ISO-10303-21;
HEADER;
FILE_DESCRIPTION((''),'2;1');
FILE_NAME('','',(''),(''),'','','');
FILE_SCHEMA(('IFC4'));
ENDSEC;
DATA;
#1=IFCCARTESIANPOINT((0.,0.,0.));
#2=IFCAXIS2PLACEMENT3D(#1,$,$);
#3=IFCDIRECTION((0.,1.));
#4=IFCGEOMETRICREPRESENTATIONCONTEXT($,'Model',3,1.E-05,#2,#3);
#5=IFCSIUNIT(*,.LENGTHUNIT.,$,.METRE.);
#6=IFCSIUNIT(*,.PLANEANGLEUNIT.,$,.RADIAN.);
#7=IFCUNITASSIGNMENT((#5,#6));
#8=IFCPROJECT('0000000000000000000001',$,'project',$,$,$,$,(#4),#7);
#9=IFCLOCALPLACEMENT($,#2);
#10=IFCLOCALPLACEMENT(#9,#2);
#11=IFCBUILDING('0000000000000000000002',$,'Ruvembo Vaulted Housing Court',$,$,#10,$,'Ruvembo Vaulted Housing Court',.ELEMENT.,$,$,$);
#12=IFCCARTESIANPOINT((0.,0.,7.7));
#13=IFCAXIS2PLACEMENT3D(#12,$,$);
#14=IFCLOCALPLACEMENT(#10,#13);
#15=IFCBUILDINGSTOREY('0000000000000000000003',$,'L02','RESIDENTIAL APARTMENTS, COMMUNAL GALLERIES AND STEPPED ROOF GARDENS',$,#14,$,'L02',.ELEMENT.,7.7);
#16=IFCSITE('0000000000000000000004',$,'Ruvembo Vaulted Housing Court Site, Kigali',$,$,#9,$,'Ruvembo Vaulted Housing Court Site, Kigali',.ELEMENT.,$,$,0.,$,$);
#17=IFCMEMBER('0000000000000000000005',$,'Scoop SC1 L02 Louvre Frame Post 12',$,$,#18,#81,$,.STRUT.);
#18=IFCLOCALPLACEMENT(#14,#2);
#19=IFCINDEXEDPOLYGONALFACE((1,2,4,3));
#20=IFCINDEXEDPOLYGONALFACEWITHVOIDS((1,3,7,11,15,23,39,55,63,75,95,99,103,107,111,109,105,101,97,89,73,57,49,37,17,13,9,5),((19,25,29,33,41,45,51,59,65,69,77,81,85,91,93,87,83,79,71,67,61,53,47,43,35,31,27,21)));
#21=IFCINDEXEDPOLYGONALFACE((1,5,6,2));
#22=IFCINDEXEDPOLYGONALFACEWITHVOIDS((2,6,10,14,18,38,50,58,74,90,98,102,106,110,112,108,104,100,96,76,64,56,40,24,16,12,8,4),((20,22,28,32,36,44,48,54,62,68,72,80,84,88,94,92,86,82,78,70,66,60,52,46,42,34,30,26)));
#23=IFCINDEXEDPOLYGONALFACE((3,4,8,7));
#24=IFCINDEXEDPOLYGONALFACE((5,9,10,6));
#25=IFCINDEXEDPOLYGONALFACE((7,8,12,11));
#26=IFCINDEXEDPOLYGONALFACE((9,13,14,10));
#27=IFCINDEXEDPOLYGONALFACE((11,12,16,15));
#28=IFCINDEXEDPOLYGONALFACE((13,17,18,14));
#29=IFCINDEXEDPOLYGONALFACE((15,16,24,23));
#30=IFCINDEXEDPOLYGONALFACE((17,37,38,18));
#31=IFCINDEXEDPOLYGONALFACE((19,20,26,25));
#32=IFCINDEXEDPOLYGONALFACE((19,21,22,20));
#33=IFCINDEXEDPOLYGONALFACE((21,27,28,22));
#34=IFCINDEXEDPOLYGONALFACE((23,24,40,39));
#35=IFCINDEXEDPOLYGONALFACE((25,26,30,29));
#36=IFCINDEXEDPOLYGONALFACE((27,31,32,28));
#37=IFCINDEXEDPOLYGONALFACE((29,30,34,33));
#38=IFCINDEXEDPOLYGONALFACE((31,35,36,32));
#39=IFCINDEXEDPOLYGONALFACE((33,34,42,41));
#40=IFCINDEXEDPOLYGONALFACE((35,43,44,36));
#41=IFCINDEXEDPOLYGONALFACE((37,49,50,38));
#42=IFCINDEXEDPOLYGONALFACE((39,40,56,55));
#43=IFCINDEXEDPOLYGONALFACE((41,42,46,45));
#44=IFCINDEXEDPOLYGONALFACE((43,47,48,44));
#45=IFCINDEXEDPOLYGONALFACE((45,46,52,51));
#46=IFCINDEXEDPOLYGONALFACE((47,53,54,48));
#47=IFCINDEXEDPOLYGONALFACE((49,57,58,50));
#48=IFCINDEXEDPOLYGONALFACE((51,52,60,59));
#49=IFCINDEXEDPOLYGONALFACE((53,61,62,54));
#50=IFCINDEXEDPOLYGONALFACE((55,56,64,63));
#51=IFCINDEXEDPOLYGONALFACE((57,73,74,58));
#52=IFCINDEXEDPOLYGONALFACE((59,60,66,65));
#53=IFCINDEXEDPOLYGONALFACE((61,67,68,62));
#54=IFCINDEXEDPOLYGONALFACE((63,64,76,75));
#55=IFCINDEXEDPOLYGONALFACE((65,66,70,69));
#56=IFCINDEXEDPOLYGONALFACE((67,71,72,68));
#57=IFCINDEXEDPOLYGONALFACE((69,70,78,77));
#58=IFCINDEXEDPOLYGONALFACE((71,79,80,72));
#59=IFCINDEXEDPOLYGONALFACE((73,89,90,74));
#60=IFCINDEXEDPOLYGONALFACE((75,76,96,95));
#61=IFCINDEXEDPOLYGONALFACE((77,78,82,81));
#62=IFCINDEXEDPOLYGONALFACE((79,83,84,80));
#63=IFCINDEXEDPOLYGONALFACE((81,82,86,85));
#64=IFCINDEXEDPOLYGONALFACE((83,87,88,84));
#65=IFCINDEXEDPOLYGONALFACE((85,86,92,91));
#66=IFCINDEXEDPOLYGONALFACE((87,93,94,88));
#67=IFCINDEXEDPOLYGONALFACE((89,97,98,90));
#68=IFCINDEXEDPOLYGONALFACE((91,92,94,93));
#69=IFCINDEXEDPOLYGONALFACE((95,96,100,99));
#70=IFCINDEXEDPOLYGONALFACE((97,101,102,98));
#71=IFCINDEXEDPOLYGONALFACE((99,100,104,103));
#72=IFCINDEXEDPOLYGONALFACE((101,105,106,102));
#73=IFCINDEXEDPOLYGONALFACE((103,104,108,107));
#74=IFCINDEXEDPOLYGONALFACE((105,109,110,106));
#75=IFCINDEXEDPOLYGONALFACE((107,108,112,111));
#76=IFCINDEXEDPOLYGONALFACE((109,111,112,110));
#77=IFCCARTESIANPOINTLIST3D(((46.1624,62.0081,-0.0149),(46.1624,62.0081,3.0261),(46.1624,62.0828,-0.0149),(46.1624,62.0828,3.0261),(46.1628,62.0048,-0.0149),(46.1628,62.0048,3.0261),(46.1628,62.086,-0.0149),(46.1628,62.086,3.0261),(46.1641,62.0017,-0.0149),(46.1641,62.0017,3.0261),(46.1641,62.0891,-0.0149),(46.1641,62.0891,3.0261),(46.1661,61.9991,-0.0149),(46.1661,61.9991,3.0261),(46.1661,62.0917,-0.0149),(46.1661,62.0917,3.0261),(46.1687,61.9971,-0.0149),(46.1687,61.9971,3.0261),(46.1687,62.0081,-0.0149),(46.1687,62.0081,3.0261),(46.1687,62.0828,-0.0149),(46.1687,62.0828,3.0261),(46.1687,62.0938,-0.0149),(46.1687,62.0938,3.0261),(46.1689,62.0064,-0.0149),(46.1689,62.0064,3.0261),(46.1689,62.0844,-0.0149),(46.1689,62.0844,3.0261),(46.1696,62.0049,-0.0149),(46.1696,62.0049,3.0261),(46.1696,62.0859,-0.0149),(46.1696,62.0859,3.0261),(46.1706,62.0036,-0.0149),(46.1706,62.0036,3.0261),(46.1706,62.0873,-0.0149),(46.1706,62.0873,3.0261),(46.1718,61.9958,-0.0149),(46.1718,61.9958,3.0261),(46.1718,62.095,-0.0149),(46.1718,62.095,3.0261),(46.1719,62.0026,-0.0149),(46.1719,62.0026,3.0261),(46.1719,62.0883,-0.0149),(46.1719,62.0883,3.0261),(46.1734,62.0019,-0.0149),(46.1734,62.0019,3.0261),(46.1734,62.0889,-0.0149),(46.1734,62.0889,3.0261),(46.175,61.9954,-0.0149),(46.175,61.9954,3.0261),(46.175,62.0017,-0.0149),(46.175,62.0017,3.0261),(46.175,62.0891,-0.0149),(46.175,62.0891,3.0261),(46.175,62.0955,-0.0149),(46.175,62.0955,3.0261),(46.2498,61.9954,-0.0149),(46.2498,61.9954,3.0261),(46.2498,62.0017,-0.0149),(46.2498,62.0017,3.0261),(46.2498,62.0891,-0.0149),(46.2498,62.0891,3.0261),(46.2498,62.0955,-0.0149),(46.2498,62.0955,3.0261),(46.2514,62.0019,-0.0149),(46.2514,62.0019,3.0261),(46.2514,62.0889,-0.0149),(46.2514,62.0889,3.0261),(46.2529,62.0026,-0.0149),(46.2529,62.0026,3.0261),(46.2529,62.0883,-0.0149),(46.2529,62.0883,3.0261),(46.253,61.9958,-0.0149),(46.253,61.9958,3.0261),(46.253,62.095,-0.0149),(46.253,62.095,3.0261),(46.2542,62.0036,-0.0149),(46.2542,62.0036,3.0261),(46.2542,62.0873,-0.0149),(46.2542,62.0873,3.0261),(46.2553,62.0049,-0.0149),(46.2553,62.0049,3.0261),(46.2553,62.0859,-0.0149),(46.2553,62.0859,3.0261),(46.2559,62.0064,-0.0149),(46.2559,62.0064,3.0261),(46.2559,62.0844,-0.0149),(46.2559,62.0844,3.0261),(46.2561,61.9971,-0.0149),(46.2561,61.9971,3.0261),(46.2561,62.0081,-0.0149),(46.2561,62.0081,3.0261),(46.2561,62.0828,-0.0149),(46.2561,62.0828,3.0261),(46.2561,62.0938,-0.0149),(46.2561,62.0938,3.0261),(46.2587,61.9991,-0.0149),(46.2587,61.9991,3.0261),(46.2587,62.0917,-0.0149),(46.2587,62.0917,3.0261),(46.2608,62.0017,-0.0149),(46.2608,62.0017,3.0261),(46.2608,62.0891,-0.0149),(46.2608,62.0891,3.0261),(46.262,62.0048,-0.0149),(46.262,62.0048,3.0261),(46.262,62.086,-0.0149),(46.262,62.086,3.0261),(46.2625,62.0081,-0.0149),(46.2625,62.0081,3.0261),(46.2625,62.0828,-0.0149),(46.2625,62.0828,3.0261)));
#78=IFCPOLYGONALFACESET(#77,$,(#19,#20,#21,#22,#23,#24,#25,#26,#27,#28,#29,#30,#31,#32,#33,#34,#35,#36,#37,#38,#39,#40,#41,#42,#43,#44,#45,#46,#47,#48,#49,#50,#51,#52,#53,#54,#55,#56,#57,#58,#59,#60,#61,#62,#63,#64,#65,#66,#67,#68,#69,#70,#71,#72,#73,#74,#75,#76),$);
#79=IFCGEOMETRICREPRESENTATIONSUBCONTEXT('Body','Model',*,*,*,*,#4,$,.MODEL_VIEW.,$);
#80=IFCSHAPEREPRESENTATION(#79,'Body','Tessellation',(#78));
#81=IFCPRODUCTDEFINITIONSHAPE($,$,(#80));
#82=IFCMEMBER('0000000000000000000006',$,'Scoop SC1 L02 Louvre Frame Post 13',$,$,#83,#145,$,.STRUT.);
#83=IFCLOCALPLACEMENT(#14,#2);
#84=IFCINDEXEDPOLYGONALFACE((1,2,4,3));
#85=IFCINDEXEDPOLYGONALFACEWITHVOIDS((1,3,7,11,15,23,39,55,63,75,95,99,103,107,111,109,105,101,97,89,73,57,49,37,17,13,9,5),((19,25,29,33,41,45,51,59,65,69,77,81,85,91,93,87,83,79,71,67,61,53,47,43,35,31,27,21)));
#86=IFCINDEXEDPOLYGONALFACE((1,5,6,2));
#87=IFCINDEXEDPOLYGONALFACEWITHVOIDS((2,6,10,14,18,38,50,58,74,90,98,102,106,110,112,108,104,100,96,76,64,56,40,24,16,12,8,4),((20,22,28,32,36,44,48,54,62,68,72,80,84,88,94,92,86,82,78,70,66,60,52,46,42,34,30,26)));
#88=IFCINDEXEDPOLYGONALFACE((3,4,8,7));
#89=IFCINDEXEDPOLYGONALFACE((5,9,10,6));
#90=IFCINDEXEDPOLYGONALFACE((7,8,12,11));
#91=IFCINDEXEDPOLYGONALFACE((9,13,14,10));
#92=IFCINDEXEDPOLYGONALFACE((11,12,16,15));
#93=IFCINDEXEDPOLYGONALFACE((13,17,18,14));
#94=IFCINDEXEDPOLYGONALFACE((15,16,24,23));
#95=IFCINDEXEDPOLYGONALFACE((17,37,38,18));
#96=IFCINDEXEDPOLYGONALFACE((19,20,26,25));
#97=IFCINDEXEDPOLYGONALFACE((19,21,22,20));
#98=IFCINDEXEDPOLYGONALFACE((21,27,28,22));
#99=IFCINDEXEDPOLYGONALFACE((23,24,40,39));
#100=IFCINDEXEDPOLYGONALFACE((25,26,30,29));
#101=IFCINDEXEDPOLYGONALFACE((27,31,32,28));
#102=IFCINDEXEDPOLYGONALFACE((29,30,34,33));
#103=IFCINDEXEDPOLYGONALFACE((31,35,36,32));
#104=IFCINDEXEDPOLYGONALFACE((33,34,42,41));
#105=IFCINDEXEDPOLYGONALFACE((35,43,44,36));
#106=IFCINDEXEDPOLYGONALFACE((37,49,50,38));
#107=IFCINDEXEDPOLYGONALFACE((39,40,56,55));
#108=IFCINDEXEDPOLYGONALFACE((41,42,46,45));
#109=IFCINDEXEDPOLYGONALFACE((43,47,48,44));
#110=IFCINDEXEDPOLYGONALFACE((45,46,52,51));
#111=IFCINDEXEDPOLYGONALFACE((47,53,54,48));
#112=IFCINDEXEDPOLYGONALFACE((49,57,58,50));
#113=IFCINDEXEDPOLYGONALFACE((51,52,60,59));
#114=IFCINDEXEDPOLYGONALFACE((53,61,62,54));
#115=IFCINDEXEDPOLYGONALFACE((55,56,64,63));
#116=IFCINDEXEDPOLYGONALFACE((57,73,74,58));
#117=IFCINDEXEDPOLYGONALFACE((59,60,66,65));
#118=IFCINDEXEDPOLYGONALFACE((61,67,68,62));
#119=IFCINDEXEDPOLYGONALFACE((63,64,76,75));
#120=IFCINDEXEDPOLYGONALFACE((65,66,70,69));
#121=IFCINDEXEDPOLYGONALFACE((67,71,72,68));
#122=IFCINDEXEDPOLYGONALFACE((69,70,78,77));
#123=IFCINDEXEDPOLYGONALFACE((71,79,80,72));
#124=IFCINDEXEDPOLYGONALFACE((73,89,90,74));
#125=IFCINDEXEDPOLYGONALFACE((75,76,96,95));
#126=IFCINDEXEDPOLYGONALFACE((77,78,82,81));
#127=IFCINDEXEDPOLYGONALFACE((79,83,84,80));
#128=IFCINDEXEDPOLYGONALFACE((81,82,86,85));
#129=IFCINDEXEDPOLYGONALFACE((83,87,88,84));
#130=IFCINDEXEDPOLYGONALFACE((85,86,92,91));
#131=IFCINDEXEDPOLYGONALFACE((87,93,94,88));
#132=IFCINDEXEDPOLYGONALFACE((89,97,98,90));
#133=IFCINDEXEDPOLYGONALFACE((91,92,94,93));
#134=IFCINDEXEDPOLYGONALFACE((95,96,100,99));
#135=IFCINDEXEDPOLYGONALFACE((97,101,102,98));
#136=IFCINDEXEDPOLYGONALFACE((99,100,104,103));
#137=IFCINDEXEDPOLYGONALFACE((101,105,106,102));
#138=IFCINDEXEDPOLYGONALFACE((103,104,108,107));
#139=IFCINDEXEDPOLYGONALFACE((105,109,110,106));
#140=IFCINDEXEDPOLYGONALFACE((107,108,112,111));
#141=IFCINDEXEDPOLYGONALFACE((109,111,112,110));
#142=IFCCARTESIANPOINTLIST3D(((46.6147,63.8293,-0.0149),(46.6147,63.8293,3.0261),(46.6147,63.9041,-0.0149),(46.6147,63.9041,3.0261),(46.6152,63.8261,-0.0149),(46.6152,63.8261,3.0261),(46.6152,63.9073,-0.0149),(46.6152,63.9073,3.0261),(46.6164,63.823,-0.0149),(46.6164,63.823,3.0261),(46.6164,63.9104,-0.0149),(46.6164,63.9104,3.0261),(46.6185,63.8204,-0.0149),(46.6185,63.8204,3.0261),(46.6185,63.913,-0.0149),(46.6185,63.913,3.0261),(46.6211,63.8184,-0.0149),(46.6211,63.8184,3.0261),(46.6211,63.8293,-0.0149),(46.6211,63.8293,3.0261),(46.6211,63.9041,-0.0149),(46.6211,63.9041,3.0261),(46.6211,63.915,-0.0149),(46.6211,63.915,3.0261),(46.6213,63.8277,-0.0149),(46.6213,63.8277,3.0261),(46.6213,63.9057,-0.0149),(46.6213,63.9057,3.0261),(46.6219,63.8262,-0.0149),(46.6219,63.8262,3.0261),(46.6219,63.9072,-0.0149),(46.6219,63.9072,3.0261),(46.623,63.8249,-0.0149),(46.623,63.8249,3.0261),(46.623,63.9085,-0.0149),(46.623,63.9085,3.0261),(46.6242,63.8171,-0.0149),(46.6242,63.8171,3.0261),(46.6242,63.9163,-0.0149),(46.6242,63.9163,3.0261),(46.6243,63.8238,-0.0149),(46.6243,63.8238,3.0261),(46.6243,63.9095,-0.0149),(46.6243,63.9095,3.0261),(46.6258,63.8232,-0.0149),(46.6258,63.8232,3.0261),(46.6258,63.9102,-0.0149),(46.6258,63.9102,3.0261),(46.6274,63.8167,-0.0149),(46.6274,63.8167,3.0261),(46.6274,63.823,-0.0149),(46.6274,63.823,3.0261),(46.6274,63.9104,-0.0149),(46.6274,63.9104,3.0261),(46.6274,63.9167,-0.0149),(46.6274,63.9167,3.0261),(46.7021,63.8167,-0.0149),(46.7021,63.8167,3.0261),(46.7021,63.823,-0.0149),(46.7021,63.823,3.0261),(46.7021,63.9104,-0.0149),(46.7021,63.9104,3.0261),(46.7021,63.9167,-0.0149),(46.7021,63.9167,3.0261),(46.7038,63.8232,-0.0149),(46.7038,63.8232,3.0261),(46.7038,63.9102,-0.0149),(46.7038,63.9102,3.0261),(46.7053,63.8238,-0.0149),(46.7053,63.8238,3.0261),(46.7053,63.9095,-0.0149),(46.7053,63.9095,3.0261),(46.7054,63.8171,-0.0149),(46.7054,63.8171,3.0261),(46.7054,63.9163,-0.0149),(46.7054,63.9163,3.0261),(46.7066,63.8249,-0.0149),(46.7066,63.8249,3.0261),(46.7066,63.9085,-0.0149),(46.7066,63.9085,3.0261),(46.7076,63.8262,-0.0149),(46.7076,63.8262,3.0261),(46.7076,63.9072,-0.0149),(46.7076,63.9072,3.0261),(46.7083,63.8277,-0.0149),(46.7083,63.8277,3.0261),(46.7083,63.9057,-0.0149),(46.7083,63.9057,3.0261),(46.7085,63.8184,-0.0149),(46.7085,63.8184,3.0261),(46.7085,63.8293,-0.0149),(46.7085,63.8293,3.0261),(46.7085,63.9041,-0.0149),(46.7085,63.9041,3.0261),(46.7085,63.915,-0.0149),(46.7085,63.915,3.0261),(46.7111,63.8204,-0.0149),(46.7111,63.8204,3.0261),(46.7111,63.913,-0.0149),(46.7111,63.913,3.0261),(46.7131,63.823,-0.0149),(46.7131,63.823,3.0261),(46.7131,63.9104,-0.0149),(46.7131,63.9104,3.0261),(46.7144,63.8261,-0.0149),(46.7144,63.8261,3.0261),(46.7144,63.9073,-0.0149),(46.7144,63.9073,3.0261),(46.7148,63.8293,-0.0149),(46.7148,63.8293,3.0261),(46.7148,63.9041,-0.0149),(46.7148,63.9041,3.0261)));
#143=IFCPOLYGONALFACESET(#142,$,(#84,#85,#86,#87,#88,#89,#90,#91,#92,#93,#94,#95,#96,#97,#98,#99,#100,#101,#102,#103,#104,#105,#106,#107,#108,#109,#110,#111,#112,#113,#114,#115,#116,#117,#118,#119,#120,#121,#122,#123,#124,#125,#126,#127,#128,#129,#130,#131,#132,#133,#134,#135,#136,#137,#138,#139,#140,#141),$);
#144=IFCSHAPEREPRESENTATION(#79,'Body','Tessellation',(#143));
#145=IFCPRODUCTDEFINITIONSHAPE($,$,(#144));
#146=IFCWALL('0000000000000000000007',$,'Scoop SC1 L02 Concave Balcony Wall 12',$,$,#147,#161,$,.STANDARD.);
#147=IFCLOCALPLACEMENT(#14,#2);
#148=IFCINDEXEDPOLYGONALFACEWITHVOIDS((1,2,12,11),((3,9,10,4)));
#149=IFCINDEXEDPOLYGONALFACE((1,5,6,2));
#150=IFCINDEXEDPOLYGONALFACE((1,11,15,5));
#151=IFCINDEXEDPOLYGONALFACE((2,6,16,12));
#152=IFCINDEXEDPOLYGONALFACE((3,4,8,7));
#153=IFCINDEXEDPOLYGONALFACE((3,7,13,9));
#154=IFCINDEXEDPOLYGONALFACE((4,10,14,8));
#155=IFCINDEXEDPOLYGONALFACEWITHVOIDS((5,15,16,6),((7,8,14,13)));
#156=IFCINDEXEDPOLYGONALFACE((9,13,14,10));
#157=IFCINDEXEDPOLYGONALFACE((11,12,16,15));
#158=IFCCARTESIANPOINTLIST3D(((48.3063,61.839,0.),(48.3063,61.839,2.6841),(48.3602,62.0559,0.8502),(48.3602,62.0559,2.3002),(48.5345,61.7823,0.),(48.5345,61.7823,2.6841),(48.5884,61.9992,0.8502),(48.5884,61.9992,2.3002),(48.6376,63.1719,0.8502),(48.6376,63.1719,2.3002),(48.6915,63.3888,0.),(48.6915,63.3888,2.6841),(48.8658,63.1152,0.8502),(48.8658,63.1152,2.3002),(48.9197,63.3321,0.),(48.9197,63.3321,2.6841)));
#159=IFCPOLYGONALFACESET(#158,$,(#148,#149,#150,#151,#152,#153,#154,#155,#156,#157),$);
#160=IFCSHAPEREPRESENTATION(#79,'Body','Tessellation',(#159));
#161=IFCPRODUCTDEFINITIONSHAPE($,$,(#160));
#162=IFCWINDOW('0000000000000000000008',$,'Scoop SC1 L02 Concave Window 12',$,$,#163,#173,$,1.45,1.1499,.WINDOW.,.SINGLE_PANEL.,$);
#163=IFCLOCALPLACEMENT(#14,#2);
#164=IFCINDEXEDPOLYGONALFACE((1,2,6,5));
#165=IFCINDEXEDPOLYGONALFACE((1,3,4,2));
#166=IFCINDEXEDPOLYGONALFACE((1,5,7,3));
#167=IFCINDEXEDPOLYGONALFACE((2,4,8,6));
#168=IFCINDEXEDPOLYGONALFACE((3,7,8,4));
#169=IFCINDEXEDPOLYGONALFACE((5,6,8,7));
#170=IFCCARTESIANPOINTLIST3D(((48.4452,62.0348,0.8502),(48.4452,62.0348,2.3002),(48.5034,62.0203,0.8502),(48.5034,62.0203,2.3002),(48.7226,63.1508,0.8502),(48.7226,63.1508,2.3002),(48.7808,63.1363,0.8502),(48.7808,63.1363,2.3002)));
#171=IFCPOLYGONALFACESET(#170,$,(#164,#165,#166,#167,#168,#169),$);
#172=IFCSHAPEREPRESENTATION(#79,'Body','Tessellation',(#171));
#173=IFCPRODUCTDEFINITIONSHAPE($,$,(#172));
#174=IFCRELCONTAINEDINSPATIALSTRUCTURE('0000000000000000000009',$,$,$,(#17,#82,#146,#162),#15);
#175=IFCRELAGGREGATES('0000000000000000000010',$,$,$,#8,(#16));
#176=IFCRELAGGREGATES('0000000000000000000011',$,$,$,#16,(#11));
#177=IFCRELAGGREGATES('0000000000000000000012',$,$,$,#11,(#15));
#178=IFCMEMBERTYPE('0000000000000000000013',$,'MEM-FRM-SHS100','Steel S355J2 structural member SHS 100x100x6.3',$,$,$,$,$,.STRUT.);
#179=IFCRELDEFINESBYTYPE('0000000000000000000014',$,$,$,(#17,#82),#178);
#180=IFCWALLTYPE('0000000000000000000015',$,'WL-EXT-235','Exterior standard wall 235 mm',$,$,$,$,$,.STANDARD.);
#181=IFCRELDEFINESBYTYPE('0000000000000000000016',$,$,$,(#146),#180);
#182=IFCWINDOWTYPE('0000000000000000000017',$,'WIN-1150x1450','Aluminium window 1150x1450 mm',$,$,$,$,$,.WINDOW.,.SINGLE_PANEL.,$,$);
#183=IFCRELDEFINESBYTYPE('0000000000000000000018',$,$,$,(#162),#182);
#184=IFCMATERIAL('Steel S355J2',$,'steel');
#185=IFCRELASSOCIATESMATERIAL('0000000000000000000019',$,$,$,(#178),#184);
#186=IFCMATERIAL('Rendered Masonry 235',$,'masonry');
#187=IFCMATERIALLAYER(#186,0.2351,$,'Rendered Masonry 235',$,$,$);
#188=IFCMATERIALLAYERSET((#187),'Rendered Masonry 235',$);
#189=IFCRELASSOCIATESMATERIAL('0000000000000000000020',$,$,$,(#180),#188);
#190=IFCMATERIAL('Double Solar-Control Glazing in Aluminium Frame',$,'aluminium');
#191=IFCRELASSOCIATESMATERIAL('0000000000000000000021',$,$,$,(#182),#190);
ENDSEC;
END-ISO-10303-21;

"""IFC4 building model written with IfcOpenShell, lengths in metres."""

from ifc_helpers import new_model, si_unit, direction, frame, frame_2d, origin, origin_2d, place, context, subcontext, project, spatial, rectangle, hollow_rectangle, extrude, material, layer, layer_set, material_profile, profile_set, type_object, element, fill, save


model = new_model("IFC4")

# Units and contexts
model_context = context("Model", 3, precision=1e-05, world=origin(), true_north=direction((0.0, 1.0)))
body_context = subcontext(model_context, "Body", "Model", "MODEL_VIEW")
ifc_project = project(units=[si_unit("LENGTHUNIT", "METRE"), si_unit("PLANEANGLEUNIT", "RADIAN")], contexts=[model_context])

# Site, building, storey
site_placement = place(None, origin())
site = spatial("IfcSite", under=ifc_project, at=site_placement, Name="Ruvembo Vaulted Housing Court Site, Kigali", LongName="Ruvembo Vaulted Housing Court Site, Kigali", CompositionType="ELEMENT", RefElevation=0.0)
building_placement = place(site_placement, origin())
building = spatial("IfcBuilding", under=site, at=building_placement, Name="Ruvembo Vaulted Housing Court", LongName="Ruvembo Vaulted Housing Court", CompositionType="ELEMENT")
storey_placement = place(building_placement, frame((0.0, 0.0, 7.7)))
storey = spatial("IfcBuildingStorey", under=building, at=storey_placement, Name="L02", Description="RESIDENTIAL APARTMENTS, COMMUNAL GALLERIES AND STEPPED ROOF GARDENS", LongName="L02", CompositionType="ELEMENT", Elevation=7.7)

# Shared definitions
ifc_material_1 = material(Name="Steel S355J2", Category="steel")

# Members
ifc_material_profile_1 = material_profile(ifc_material_1, hollow_rectangle(XDim=0.1001, YDim=0.1001, WallThickness=0.0063, InnerFilletRadius=0.0063, OuterFilletRadius=0.0127, at=origin_2d()), Name="SHS 100x100x6.3")
ifc_profile_set_1 = profile_set([ifc_material_profile_1], Name="Steel S355J2")
member_type_1 = type_object("IfcMemberType", Name="MEM-FRM-SHS100", Description="Steel S355J2 structural member SHS 100x100x6.3", PredefinedType="STRUT", material=ifc_profile_set_1)
for number, where, z_axis, x_axis, name in (
    (1, (46.2124, 62.0454, -0.0149), (0.0, 0.0, 1.0), (1.0, 0.0, 0.0), "Scoop SC1 L02 Louvre Frame Post 12"),
    (2, (46.6648, 63.8667, -0.0149), (0.0, 0.0, 1.0), (1.0, 0.0, 0.0), "Scoop SC1 L02 Louvre Frame Post 13"),
):
    element("IfcMember", number, at=place(storey_placement, frame(where, z_axis=z_axis, x_axis=x_axis)), inside=storey, type_object=member_type_1, Name=name, PredefinedType="STRUT", context=body_context, shape_type="SweptSolid", body=[
        extrude(hollow_rectangle(XDim=0.1001, YDim=0.1001, WallThickness=0.0063, InnerFilletRadius=0.0063, OuterFilletRadius=0.0127, at=origin_2d()), origin(), (0.0, 0.0, 1.0), 3.041),
    ])

# Wall, opening, window
ifc_material_2 = material(Name="Rendered Masonry 235", Category="masonry")
ifc_layer_1 = layer(ifc_material_2, 0.2351, Name="Rendered Masonry 235")
ifc_layer_set_1 = layer_set([ifc_layer_1], Name="Rendered Masonry 235")
wall_type_1 = type_object("IfcWallType", Name="WL-EXT-235", Description="Exterior standard wall 235 mm", PredefinedType="STANDARD", material=ifc_layer_set_1)
wall_1_placement = place(storey_placement, frame((48.4204, 61.8108, 0.0), z_axis=(0.0, 0.0, 1.0), x_axis=(0.24124, 0.970465, 0.0)))
wall_1 = element("IfcWall", 3, at=wall_1_placement, inside=storey, type_object=wall_type_1, Name="Scoop SC1 L02 Concave Balcony Wall 12", PredefinedType="STANDARD", context=body_context, shape_type="SweptSolid", body=[
    extrude(rectangle(XDim=1.5969, YDim=0.2351, at=frame_2d((0.7983, 0.0))), origin(), (0.0, 0.0, 1.0), 2.6841),
])
opening_1_placement = place(wall_1_placement, frame((0.2234, 0.0, 0.8501)))
opening_1 = element("IfcOpeningElement", 4, at=opening_1_placement, cuts=wall_1, PredefinedType="OPENING", context=body_context, shape_type="SweptSolid", body=[
    extrude(rectangle(XDim=1.1499, YDim=1.45, at=frame_2d((0.575, 0.7251))), frame((0.0, 0.1274, 0.0), z_axis=(0.0, -1.0, 0.0), x_axis=(1.0, 0.0, 0.0)), (0.0, 0.0, 1.0), 0.2551),
])
ifc_material_3 = material(Name="Double Solar-Control Glazing in Aluminium Frame", Category="aluminium")
window_type_1 = type_object("IfcWindowType", Name="WIN-1150x1450", Description="Aluminium window 1150x1450 mm", PartitioningType="SINGLE_PANEL", PredefinedType="WINDOW", material=ifc_material_3)
window_1_placement = place(opening_1_placement, origin())
window_1 = element("IfcWindow", 5, at=window_1_placement, inside=storey, type_object=window_type_1, Name="Scoop SC1 L02 Concave Window 12", OverallHeight=1.45, OverallWidth=1.1499, PartitioningType="SINGLE_PANEL", PredefinedType="WINDOW", context=body_context, shape_type="SweptSolid", body=[
    extrude(rectangle(XDim=1.1499, YDim=1.45, at=frame_2d((0.575, 0.7251))), frame((0.0, 0.03, 0.0), z_axis=(0.0, -1.0, 0.0), x_axis=(1.0, 0.0, 0.0)), (0.0, 0.0, 1.0), 0.0601),
])
fill(opening_1, window_1)

save(model, "model.ifc")
